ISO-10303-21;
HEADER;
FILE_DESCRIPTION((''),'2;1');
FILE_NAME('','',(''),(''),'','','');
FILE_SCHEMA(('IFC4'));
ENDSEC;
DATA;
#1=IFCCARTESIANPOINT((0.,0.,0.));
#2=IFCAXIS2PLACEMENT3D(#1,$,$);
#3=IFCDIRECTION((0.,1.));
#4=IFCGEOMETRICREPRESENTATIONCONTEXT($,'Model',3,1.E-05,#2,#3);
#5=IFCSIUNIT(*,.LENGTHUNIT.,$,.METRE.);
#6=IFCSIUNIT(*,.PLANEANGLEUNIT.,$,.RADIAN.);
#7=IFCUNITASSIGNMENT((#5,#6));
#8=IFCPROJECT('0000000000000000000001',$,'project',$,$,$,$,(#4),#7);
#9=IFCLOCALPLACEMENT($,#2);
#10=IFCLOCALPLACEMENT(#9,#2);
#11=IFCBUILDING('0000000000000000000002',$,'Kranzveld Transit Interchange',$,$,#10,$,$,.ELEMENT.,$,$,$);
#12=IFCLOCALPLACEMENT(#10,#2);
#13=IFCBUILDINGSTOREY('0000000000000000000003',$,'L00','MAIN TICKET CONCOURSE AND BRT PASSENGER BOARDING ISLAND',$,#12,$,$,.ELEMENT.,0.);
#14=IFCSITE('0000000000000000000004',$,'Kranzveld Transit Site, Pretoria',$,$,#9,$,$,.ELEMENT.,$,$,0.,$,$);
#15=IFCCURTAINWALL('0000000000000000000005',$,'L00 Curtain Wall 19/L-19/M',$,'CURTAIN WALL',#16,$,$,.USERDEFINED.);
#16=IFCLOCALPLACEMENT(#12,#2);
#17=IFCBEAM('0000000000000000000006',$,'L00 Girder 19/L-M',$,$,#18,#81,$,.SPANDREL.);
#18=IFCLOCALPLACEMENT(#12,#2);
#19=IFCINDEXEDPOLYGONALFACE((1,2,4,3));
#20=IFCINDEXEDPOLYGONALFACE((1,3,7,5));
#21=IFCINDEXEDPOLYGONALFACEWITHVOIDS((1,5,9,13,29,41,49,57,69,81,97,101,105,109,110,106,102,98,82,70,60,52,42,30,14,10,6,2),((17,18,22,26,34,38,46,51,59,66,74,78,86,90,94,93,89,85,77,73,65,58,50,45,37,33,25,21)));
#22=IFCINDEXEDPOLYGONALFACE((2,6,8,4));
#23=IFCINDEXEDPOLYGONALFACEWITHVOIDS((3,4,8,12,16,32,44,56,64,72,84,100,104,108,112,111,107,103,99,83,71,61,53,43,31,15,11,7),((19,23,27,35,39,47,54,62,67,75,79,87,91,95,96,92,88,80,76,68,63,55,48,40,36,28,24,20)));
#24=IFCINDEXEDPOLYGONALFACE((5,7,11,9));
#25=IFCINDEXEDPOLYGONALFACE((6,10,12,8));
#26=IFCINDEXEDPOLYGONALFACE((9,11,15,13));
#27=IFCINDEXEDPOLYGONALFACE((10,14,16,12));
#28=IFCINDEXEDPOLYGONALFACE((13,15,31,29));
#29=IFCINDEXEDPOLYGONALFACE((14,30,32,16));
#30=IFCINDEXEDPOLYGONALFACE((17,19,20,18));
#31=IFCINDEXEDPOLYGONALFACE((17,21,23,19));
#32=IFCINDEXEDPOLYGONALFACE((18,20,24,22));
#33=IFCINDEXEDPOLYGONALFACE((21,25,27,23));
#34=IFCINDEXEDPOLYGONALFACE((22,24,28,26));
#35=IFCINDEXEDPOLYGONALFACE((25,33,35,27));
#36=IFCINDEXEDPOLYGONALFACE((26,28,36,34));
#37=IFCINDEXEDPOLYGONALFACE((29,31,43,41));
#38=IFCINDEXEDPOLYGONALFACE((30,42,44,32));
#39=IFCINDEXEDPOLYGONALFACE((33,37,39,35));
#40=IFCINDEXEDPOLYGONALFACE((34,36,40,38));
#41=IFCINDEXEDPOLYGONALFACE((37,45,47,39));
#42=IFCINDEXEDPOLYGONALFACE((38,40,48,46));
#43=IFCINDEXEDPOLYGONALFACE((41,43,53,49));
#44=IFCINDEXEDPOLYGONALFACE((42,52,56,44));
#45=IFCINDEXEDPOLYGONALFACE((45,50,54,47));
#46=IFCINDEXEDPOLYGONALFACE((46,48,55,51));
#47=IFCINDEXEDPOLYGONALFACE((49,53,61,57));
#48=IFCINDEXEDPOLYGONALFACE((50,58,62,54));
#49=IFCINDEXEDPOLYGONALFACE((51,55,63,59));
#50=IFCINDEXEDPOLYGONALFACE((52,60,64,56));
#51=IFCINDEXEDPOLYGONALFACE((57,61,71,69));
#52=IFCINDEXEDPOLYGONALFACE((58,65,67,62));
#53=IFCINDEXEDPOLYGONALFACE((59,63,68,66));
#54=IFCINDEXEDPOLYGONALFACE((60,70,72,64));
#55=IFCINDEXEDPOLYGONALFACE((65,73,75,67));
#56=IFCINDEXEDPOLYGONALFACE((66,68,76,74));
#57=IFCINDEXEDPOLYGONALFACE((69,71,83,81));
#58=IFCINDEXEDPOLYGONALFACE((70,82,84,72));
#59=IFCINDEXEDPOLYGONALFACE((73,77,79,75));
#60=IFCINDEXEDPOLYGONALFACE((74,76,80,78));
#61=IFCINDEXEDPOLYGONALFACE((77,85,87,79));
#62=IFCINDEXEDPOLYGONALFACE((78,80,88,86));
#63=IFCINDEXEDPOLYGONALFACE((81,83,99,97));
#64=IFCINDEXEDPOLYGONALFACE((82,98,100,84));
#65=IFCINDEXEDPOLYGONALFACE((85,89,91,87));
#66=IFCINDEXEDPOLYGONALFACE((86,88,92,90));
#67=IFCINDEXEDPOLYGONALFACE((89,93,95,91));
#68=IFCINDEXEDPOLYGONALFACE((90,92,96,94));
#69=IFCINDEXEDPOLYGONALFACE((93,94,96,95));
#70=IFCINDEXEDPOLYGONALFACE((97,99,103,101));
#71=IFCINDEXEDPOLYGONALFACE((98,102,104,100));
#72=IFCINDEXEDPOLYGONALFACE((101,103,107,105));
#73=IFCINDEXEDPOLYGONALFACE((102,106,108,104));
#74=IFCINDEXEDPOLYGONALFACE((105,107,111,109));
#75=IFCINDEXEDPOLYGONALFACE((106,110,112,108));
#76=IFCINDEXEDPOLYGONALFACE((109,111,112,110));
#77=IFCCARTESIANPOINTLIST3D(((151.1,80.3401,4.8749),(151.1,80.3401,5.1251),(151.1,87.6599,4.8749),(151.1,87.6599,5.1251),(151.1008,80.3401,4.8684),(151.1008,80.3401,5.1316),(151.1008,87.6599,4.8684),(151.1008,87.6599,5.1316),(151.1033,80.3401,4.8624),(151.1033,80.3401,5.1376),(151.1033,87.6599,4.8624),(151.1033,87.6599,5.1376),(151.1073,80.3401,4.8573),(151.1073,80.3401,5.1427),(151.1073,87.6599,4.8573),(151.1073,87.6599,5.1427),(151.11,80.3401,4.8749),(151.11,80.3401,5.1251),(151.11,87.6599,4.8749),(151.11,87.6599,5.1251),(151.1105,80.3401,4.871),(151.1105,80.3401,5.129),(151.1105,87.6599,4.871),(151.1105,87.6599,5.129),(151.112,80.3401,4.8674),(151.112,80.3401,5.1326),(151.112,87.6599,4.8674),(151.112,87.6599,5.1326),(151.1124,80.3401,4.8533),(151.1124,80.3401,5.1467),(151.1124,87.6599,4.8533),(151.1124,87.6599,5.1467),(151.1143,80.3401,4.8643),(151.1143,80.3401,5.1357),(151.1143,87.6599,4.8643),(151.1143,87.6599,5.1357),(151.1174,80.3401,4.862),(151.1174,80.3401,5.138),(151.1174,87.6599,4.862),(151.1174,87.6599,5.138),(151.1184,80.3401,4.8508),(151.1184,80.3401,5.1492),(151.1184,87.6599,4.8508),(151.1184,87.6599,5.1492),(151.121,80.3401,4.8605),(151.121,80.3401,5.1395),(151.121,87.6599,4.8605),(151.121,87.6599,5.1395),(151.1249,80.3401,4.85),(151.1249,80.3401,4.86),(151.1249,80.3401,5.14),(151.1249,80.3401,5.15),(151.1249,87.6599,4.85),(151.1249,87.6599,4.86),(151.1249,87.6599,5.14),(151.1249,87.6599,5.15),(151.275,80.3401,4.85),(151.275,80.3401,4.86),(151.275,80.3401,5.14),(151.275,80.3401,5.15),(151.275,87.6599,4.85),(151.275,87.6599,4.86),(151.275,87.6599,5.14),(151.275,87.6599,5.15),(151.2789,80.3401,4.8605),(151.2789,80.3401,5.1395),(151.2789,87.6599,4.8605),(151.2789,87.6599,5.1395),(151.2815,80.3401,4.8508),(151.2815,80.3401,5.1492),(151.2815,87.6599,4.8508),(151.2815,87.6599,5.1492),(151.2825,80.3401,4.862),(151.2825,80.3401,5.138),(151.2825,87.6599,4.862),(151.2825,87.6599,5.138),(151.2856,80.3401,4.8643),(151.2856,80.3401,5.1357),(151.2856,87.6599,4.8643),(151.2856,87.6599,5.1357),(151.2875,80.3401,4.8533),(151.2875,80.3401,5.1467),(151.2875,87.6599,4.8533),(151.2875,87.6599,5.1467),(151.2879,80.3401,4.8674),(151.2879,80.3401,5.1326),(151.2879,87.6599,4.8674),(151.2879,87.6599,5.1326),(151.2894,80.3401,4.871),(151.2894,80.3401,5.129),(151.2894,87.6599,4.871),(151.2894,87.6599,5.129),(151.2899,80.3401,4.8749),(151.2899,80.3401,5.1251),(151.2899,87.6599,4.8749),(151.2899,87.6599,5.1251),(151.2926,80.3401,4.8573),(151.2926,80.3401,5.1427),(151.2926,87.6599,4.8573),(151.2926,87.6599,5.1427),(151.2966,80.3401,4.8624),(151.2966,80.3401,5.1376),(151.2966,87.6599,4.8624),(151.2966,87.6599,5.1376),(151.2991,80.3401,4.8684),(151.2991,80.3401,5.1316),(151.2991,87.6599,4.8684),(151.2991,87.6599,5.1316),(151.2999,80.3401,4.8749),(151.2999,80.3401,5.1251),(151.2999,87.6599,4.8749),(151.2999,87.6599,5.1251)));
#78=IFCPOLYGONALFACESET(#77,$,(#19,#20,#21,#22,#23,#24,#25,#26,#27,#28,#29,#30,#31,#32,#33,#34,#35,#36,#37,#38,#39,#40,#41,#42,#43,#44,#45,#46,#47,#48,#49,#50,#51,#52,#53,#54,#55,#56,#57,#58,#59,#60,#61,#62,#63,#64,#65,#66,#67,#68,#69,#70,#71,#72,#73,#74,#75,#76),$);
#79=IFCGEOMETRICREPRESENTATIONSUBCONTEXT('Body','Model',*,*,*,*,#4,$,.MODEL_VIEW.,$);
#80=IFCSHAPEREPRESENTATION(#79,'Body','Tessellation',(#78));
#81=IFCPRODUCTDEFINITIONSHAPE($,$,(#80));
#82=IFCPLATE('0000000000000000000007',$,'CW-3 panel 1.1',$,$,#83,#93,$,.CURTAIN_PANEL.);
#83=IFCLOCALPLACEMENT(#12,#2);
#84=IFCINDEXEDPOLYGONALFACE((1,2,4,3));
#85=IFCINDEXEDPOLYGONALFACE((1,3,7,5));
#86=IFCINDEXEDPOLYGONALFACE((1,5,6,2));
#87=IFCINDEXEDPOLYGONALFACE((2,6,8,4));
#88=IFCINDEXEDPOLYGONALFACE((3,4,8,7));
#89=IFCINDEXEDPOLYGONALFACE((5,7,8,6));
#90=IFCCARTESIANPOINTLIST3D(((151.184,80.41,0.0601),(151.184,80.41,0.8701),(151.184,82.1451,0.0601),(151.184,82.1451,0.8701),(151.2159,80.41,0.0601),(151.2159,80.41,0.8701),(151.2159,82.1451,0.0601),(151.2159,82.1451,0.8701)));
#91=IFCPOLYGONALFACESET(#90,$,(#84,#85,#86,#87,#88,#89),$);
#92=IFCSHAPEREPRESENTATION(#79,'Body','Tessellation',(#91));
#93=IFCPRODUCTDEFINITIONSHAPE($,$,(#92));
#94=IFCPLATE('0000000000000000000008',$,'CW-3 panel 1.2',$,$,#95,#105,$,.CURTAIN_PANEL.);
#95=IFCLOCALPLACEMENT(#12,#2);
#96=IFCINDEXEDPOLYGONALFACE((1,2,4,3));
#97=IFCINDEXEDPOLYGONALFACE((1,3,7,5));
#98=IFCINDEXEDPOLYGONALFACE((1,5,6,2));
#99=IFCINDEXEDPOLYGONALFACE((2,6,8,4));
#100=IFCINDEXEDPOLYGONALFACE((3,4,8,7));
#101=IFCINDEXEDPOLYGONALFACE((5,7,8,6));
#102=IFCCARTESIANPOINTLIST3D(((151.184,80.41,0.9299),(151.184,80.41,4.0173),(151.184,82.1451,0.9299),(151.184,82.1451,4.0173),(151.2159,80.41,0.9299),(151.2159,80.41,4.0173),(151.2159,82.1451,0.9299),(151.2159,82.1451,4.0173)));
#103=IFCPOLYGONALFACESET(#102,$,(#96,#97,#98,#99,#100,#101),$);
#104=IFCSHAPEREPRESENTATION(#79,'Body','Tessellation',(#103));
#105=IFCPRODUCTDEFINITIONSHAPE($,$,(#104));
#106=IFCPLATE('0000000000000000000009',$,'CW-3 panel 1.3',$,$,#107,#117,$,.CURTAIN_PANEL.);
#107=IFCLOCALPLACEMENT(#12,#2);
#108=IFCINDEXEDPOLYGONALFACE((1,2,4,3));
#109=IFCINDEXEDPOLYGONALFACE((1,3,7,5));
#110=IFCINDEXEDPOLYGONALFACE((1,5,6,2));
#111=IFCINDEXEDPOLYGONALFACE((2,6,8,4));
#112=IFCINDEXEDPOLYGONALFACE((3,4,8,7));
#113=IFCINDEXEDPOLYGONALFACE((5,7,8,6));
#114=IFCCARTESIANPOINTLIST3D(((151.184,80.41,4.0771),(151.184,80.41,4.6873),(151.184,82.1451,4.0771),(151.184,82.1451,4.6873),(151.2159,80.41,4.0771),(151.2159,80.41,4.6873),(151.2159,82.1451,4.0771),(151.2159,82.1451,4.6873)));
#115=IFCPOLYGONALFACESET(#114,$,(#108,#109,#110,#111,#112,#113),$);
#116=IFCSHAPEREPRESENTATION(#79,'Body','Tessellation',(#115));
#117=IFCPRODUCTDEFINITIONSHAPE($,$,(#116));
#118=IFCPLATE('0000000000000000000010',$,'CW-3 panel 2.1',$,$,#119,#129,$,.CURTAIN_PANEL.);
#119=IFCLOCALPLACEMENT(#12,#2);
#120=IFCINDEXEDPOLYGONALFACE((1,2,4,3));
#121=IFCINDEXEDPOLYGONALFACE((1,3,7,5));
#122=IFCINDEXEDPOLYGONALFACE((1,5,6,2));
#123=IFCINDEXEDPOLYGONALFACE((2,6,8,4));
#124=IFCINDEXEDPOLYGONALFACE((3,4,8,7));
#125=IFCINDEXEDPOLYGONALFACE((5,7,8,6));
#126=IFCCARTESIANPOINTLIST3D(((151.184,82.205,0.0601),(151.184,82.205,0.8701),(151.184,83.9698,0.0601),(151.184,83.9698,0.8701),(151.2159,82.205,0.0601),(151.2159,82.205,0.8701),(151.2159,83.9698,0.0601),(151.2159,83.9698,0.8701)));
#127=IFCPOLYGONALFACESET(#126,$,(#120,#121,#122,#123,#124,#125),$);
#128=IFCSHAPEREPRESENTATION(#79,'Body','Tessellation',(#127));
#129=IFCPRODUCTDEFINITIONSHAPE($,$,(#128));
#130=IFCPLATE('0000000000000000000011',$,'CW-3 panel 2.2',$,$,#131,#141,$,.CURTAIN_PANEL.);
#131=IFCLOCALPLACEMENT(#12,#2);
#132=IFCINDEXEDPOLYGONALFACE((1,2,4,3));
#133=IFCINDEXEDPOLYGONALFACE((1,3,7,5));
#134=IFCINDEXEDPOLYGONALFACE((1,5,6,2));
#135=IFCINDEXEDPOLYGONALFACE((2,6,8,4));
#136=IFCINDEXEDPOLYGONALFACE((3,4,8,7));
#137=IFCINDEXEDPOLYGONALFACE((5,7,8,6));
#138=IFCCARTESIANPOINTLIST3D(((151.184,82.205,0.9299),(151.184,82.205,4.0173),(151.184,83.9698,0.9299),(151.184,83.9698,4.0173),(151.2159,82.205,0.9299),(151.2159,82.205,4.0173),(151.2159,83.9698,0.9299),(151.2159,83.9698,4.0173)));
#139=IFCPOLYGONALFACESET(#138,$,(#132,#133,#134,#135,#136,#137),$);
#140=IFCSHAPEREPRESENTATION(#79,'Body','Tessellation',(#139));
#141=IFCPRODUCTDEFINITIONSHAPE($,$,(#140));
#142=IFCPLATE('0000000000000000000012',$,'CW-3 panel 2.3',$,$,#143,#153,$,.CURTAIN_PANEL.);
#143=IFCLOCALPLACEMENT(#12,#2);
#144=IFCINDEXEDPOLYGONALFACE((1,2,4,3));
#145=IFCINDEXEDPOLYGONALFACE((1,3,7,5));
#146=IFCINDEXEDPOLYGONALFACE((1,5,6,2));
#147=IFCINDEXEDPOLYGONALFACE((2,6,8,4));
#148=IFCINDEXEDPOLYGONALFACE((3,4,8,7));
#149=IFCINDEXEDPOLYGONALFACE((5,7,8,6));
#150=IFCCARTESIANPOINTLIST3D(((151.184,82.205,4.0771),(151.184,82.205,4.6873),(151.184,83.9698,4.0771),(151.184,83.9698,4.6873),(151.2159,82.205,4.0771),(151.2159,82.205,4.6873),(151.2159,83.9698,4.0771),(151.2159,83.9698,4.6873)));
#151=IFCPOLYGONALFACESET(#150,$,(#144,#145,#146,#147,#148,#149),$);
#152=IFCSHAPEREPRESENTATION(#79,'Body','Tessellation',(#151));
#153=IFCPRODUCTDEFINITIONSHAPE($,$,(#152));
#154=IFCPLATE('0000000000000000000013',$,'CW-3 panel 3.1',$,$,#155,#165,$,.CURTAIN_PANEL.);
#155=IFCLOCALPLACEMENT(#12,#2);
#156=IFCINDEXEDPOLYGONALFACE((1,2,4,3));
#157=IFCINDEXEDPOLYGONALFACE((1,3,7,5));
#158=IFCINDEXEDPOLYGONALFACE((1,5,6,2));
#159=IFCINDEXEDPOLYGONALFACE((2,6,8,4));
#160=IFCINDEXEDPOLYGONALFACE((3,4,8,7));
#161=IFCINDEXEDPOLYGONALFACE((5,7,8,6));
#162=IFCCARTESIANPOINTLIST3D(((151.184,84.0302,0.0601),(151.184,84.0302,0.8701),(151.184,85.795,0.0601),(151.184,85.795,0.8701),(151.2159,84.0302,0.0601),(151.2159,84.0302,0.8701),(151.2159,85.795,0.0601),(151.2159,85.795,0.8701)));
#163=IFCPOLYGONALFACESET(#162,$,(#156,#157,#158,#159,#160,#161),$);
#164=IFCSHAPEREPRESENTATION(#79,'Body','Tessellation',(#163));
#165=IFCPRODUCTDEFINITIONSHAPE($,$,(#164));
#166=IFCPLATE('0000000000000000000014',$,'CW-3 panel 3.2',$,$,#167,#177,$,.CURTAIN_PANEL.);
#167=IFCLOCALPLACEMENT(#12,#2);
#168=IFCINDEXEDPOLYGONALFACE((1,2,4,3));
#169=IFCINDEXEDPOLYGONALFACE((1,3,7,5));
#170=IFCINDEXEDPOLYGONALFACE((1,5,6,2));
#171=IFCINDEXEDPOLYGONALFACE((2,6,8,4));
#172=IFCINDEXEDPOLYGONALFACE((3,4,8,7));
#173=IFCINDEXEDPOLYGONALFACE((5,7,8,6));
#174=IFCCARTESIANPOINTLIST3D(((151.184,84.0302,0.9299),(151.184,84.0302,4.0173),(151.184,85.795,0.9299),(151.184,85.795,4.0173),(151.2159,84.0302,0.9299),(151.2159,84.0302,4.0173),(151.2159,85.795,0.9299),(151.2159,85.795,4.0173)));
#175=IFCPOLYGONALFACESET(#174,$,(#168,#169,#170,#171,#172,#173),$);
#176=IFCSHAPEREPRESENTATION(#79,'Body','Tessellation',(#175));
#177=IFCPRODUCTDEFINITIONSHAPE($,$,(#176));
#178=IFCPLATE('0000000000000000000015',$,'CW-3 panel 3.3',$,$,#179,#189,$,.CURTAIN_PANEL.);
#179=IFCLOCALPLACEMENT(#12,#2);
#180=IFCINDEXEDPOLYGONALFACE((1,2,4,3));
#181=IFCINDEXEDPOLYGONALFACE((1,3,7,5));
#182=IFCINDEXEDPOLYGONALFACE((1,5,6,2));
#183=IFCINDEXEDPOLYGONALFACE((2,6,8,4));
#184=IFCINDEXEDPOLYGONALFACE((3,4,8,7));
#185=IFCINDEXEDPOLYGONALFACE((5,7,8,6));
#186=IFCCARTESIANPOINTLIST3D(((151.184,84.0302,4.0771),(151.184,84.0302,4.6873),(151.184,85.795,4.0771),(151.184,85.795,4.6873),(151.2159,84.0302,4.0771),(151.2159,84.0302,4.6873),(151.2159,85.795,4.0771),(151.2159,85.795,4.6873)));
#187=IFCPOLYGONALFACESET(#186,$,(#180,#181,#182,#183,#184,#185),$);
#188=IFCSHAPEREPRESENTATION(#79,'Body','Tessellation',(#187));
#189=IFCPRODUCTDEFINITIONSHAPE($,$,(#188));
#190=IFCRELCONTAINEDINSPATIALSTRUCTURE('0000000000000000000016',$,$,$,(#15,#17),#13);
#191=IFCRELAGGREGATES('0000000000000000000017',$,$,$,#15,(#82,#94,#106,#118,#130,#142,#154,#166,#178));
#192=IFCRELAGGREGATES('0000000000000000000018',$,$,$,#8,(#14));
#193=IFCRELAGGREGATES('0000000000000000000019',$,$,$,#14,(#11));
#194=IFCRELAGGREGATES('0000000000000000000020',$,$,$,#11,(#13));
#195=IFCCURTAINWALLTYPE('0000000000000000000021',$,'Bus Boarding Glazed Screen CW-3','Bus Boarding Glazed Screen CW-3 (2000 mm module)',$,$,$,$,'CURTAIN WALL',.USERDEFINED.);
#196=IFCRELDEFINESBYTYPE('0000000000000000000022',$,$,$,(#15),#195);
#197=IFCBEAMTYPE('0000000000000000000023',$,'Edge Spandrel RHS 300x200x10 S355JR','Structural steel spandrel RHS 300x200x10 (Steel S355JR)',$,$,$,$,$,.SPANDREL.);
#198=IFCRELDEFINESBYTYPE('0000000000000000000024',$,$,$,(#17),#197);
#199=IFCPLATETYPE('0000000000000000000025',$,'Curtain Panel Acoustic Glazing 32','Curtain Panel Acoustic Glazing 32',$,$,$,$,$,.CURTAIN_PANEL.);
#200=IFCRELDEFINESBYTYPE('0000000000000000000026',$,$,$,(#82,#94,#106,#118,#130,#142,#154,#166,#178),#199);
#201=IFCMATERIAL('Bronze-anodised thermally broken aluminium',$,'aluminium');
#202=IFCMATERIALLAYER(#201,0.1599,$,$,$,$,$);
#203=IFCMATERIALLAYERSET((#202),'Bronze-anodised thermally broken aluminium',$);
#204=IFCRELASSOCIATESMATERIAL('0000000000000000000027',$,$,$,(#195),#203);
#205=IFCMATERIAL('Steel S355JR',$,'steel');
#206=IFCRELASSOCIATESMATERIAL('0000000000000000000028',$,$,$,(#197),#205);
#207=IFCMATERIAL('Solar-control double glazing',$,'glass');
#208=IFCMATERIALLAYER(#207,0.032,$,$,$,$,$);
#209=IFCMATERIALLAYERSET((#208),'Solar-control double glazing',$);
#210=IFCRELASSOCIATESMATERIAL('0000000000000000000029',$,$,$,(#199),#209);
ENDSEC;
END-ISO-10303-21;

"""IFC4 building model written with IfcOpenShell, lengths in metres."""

from ifc_helpers import new_model, si_unit, direction, frame, origin, origin_2d, place, context, subcontext, project, spatial, rectangle, hollow_rectangle, extrude, material, layer, layer_set, material_profile, profile_set, type_object, element, aggregate, save


model = new_model("IFC4")

# Units and contexts
model_context = context("Model", 3, precision=1e-05, world=origin(), true_north=direction((0.0, 1.0)))
body_context = subcontext(model_context, "Body", "Model", "MODEL_VIEW")
ifc_project = project(units=[si_unit("LENGTHUNIT", "METRE"), si_unit("PLANEANGLEUNIT", "RADIAN")], contexts=[model_context])

# Site, building, storey
site_placement = place(None, origin())
site = spatial("IfcSite", under=ifc_project, at=site_placement, Name="Kranzveld Transit Site, Pretoria", CompositionType="ELEMENT", RefElevation=0.0)
building_placement = place(site_placement, origin())
building = spatial("IfcBuilding", under=site, at=building_placement, Name="Kranzveld Transit Interchange", CompositionType="ELEMENT")
storey_placement = place(building_placement, origin())
storey = spatial("IfcBuildingStorey", under=building, at=storey_placement, Name="L00", Description="MAIN TICKET CONCOURSE AND BRT PASSENGER BOARDING ISLAND", CompositionType="ELEMENT", Elevation=0.0)

# Curtain wall
ifc_material_1 = material(Name="Bronze-anodised thermally broken aluminium", Category="aluminium")
ifc_layer_1 = layer(ifc_material_1, 0.1599)
ifc_layer_set_1 = layer_set([ifc_layer_1], Name="Bronze-anodised thermally broken aluminium")
curtain_wall_type = type_object("IfcCurtainWallType", Name="Bus Boarding Glazed Screen CW-3", Description="Bus Boarding Glazed Screen CW-3 (2000 mm module)", ElementType="CURTAIN WALL", PredefinedType="USERDEFINED", material=ifc_layer_set_1)
curtain_wall_placement = place(storey_placement, origin())
curtain_wall = element("IfcCurtainWall", 1, at=curtain_wall_placement, inside=storey, type_object=curtain_wall_type, Name="L00 Curtain Wall 19/L-19/M", ObjectType="CURTAIN WALL", PredefinedType="USERDEFINED")

# Beam
ifc_material_2 = material(Name="Steel S355JR", Category="steel")
ifc_material_profile_1 = material_profile(ifc_material_2, hollow_rectangle(XDim=0.2, YDim=0.3, WallThickness=0.01, InnerFilletRadius=0.0149, OuterFilletRadius=0.0249, at=origin_2d()), Name="RHS 300x200x10")
ifc_profile_set_1 = profile_set([ifc_material_profile_1], Name="Steel S355JR")
beam_type = type_object("IfcBeamType", Name="Edge Spandrel RHS 300x200x10 S355JR", Description="Structural steel spandrel RHS 300x200x10 (Steel S355JR)", PredefinedType="SPANDREL", material=ifc_profile_set_1)
beam_placement = place(storey_placement, frame((151.2, 80.3401, 5.0), z_axis=(0.0, 1.0, 0.0), x_axis=(-1.0, 0.0, 0.0)))
element("IfcBeam", 2, at=beam_placement, inside=storey, type_object=beam_type, Name="L00 Girder 19/L-M", PredefinedType="SPANDREL", context=body_context, shape_type="SweptSolid", body=[
    extrude(hollow_rectangle(XDim=0.2, YDim=0.3, WallThickness=0.01, InnerFilletRadius=0.0149, OuterFilletRadius=0.0249, at=origin_2d()), origin(), (0.0, 0.0, 1.0), 7.3198),
])

# Plates
ifc_material_3 = material(Name="Solar-control double glazing", Category="glass")
ifc_layer_2 = layer(ifc_material_3, 0.032)
ifc_layer_set_2 = layer_set([ifc_layer_2], Name="Solar-control double glazing")
plate_type = type_object("IfcPlateType", Name="Curtain Panel Acoustic Glazing 32", Description="Curtain Panel Acoustic Glazing 32", PredefinedType="CURTAIN_PANEL", material=ifc_layer_set_2)
plate_1_placement = place(storey_placement, frame((151.2, 81.2776, 0.0601), z_axis=(0.0, 0.0, 1.0), x_axis=(0.0, 1.0, 0.0)))
plate_1 = element("IfcPlate", 3, at=plate_1_placement, type_object=plate_type, Name="CW-3 panel 1.1", PredefinedType="CURTAIN_PANEL", context=body_context, shape_type="SweptSolid", body=[
    extrude(rectangle(XDim=1.7351, YDim=0.032, at=origin_2d()), origin(), (0.0, 0.0, 1.0), 0.8101),
])
plate_2_placement = place(storey_placement, frame((151.2, 81.2776, 0.9299), z_axis=(0.0, 0.0, 1.0), x_axis=(0.0, 1.0, 0.0)))
plate_2 = element("IfcPlate", 4, at=plate_2_placement, type_object=plate_type, Name="CW-3 panel 1.2", PredefinedType="CURTAIN_PANEL", context=body_context, shape_type="SweptSolid", body=[
    extrude(rectangle(XDim=1.7351, YDim=0.032, at=origin_2d()), origin(), (0.0, 0.0, 1.0), 3.0874),
])
plate_3_placement = place(storey_placement, frame((151.2, 81.2776, 4.0771), z_axis=(0.0, 0.0, 1.0), x_axis=(0.0, 1.0, 0.0)))
plate_3 = element("IfcPlate", 5, at=plate_3_placement, type_object=plate_type, Name="CW-3 panel 1.3", PredefinedType="CURTAIN_PANEL", context=body_context, shape_type="SweptSolid", body=[
    extrude(rectangle(XDim=1.7351, YDim=0.032, at=origin_2d()), origin(), (0.0, 0.0, 1.0), 0.6101),
])
plate_4_placement = place(storey_placement, frame((151.2, 83.0874, 0.0601), z_axis=(0.0, 0.0, 1.0), x_axis=(0.0, 1.0, 0.0)))
plate_4 = element("IfcPlate", 6, at=plate_4_placement, type_object=plate_type, Name="CW-3 panel 2.1", PredefinedType="CURTAIN_PANEL", context=body_context, shape_type="SweptSolid", body=[
    extrude(rectangle(XDim=1.7649, YDim=0.032, at=origin_2d()), origin(), (0.0, 0.0, 1.0), 0.8101),
])
plate_5_placement = place(storey_placement, frame((151.2, 83.0874, 0.9299), z_axis=(0.0, 0.0, 1.0), x_axis=(0.0, 1.0, 0.0)))
plate_5 = element("IfcPlate", 7, at=plate_5_placement, type_object=plate_type, Name="CW-3 panel 2.2", PredefinedType="CURTAIN_PANEL", context=body_context, shape_type="SweptSolid", body=[
    extrude(rectangle(XDim=1.7649, YDim=0.032, at=origin_2d()), origin(), (0.0, 0.0, 1.0), 3.0874),
])
plate_6_placement = place(storey_placement, frame((151.2, 83.0874, 4.0771), z_axis=(0.0, 0.0, 1.0), x_axis=(0.0, 1.0, 0.0)))
plate_6 = element("IfcPlate", 8, at=plate_6_placement, type_object=plate_type, Name="CW-3 panel 2.3", PredefinedType="CURTAIN_PANEL", context=body_context, shape_type="SweptSolid", body=[
    extrude(rectangle(XDim=1.7649, YDim=0.032, at=origin_2d()), origin(), (0.0, 0.0, 1.0), 0.6101),
])
plate_7_placement = place(storey_placement, frame((151.2, 84.9126, 0.0601), z_axis=(0.0, 0.0, 1.0), x_axis=(0.0, 1.0, 0.0)))
plate_7 = element("IfcPlate", 9, at=plate_7_placement, type_object=plate_type, Name="CW-3 panel 3.1", PredefinedType="CURTAIN_PANEL", context=body_context, shape_type="SweptSolid", body=[
    extrude(rectangle(XDim=1.7649, YDim=0.032, at=origin_2d()), origin(), (0.0, 0.0, 1.0), 0.8101),
])
plate_8_placement = place(storey_placement, frame((151.2, 84.9126, 0.9299), z_axis=(0.0, 0.0, 1.0), x_axis=(0.0, 1.0, 0.0)))
plate_8 = element("IfcPlate", 10, at=plate_8_placement, type_object=plate_type, Name="CW-3 panel 3.2", PredefinedType="CURTAIN_PANEL", context=body_context, shape_type="SweptSolid", body=[
    extrude(rectangle(XDim=1.7649, YDim=0.032, at=origin_2d()), origin(), (0.0, 0.0, 1.0), 3.0874),
])
plate_9_placement = place(storey_placement, frame((151.2, 84.9126, 4.0771), z_axis=(0.0, 0.0, 1.0), x_axis=(0.0, 1.0, 0.0)))
plate_9 = element("IfcPlate", 11, at=plate_9_placement, type_object=plate_type, Name="CW-3 panel 3.3", PredefinedType="CURTAIN_PANEL", context=body_context, shape_type="SweptSolid", body=[
    extrude(rectangle(XDim=1.7649, YDim=0.032, at=origin_2d()), origin(), (0.0, 0.0, 1.0), 0.6101),
])
aggregate(curtain_wall, [plate_1, plate_2, plate_3, plate_4, plate_5, plate_6, plate_7, plate_8, plate_9])

save(model, "model.ifc")
